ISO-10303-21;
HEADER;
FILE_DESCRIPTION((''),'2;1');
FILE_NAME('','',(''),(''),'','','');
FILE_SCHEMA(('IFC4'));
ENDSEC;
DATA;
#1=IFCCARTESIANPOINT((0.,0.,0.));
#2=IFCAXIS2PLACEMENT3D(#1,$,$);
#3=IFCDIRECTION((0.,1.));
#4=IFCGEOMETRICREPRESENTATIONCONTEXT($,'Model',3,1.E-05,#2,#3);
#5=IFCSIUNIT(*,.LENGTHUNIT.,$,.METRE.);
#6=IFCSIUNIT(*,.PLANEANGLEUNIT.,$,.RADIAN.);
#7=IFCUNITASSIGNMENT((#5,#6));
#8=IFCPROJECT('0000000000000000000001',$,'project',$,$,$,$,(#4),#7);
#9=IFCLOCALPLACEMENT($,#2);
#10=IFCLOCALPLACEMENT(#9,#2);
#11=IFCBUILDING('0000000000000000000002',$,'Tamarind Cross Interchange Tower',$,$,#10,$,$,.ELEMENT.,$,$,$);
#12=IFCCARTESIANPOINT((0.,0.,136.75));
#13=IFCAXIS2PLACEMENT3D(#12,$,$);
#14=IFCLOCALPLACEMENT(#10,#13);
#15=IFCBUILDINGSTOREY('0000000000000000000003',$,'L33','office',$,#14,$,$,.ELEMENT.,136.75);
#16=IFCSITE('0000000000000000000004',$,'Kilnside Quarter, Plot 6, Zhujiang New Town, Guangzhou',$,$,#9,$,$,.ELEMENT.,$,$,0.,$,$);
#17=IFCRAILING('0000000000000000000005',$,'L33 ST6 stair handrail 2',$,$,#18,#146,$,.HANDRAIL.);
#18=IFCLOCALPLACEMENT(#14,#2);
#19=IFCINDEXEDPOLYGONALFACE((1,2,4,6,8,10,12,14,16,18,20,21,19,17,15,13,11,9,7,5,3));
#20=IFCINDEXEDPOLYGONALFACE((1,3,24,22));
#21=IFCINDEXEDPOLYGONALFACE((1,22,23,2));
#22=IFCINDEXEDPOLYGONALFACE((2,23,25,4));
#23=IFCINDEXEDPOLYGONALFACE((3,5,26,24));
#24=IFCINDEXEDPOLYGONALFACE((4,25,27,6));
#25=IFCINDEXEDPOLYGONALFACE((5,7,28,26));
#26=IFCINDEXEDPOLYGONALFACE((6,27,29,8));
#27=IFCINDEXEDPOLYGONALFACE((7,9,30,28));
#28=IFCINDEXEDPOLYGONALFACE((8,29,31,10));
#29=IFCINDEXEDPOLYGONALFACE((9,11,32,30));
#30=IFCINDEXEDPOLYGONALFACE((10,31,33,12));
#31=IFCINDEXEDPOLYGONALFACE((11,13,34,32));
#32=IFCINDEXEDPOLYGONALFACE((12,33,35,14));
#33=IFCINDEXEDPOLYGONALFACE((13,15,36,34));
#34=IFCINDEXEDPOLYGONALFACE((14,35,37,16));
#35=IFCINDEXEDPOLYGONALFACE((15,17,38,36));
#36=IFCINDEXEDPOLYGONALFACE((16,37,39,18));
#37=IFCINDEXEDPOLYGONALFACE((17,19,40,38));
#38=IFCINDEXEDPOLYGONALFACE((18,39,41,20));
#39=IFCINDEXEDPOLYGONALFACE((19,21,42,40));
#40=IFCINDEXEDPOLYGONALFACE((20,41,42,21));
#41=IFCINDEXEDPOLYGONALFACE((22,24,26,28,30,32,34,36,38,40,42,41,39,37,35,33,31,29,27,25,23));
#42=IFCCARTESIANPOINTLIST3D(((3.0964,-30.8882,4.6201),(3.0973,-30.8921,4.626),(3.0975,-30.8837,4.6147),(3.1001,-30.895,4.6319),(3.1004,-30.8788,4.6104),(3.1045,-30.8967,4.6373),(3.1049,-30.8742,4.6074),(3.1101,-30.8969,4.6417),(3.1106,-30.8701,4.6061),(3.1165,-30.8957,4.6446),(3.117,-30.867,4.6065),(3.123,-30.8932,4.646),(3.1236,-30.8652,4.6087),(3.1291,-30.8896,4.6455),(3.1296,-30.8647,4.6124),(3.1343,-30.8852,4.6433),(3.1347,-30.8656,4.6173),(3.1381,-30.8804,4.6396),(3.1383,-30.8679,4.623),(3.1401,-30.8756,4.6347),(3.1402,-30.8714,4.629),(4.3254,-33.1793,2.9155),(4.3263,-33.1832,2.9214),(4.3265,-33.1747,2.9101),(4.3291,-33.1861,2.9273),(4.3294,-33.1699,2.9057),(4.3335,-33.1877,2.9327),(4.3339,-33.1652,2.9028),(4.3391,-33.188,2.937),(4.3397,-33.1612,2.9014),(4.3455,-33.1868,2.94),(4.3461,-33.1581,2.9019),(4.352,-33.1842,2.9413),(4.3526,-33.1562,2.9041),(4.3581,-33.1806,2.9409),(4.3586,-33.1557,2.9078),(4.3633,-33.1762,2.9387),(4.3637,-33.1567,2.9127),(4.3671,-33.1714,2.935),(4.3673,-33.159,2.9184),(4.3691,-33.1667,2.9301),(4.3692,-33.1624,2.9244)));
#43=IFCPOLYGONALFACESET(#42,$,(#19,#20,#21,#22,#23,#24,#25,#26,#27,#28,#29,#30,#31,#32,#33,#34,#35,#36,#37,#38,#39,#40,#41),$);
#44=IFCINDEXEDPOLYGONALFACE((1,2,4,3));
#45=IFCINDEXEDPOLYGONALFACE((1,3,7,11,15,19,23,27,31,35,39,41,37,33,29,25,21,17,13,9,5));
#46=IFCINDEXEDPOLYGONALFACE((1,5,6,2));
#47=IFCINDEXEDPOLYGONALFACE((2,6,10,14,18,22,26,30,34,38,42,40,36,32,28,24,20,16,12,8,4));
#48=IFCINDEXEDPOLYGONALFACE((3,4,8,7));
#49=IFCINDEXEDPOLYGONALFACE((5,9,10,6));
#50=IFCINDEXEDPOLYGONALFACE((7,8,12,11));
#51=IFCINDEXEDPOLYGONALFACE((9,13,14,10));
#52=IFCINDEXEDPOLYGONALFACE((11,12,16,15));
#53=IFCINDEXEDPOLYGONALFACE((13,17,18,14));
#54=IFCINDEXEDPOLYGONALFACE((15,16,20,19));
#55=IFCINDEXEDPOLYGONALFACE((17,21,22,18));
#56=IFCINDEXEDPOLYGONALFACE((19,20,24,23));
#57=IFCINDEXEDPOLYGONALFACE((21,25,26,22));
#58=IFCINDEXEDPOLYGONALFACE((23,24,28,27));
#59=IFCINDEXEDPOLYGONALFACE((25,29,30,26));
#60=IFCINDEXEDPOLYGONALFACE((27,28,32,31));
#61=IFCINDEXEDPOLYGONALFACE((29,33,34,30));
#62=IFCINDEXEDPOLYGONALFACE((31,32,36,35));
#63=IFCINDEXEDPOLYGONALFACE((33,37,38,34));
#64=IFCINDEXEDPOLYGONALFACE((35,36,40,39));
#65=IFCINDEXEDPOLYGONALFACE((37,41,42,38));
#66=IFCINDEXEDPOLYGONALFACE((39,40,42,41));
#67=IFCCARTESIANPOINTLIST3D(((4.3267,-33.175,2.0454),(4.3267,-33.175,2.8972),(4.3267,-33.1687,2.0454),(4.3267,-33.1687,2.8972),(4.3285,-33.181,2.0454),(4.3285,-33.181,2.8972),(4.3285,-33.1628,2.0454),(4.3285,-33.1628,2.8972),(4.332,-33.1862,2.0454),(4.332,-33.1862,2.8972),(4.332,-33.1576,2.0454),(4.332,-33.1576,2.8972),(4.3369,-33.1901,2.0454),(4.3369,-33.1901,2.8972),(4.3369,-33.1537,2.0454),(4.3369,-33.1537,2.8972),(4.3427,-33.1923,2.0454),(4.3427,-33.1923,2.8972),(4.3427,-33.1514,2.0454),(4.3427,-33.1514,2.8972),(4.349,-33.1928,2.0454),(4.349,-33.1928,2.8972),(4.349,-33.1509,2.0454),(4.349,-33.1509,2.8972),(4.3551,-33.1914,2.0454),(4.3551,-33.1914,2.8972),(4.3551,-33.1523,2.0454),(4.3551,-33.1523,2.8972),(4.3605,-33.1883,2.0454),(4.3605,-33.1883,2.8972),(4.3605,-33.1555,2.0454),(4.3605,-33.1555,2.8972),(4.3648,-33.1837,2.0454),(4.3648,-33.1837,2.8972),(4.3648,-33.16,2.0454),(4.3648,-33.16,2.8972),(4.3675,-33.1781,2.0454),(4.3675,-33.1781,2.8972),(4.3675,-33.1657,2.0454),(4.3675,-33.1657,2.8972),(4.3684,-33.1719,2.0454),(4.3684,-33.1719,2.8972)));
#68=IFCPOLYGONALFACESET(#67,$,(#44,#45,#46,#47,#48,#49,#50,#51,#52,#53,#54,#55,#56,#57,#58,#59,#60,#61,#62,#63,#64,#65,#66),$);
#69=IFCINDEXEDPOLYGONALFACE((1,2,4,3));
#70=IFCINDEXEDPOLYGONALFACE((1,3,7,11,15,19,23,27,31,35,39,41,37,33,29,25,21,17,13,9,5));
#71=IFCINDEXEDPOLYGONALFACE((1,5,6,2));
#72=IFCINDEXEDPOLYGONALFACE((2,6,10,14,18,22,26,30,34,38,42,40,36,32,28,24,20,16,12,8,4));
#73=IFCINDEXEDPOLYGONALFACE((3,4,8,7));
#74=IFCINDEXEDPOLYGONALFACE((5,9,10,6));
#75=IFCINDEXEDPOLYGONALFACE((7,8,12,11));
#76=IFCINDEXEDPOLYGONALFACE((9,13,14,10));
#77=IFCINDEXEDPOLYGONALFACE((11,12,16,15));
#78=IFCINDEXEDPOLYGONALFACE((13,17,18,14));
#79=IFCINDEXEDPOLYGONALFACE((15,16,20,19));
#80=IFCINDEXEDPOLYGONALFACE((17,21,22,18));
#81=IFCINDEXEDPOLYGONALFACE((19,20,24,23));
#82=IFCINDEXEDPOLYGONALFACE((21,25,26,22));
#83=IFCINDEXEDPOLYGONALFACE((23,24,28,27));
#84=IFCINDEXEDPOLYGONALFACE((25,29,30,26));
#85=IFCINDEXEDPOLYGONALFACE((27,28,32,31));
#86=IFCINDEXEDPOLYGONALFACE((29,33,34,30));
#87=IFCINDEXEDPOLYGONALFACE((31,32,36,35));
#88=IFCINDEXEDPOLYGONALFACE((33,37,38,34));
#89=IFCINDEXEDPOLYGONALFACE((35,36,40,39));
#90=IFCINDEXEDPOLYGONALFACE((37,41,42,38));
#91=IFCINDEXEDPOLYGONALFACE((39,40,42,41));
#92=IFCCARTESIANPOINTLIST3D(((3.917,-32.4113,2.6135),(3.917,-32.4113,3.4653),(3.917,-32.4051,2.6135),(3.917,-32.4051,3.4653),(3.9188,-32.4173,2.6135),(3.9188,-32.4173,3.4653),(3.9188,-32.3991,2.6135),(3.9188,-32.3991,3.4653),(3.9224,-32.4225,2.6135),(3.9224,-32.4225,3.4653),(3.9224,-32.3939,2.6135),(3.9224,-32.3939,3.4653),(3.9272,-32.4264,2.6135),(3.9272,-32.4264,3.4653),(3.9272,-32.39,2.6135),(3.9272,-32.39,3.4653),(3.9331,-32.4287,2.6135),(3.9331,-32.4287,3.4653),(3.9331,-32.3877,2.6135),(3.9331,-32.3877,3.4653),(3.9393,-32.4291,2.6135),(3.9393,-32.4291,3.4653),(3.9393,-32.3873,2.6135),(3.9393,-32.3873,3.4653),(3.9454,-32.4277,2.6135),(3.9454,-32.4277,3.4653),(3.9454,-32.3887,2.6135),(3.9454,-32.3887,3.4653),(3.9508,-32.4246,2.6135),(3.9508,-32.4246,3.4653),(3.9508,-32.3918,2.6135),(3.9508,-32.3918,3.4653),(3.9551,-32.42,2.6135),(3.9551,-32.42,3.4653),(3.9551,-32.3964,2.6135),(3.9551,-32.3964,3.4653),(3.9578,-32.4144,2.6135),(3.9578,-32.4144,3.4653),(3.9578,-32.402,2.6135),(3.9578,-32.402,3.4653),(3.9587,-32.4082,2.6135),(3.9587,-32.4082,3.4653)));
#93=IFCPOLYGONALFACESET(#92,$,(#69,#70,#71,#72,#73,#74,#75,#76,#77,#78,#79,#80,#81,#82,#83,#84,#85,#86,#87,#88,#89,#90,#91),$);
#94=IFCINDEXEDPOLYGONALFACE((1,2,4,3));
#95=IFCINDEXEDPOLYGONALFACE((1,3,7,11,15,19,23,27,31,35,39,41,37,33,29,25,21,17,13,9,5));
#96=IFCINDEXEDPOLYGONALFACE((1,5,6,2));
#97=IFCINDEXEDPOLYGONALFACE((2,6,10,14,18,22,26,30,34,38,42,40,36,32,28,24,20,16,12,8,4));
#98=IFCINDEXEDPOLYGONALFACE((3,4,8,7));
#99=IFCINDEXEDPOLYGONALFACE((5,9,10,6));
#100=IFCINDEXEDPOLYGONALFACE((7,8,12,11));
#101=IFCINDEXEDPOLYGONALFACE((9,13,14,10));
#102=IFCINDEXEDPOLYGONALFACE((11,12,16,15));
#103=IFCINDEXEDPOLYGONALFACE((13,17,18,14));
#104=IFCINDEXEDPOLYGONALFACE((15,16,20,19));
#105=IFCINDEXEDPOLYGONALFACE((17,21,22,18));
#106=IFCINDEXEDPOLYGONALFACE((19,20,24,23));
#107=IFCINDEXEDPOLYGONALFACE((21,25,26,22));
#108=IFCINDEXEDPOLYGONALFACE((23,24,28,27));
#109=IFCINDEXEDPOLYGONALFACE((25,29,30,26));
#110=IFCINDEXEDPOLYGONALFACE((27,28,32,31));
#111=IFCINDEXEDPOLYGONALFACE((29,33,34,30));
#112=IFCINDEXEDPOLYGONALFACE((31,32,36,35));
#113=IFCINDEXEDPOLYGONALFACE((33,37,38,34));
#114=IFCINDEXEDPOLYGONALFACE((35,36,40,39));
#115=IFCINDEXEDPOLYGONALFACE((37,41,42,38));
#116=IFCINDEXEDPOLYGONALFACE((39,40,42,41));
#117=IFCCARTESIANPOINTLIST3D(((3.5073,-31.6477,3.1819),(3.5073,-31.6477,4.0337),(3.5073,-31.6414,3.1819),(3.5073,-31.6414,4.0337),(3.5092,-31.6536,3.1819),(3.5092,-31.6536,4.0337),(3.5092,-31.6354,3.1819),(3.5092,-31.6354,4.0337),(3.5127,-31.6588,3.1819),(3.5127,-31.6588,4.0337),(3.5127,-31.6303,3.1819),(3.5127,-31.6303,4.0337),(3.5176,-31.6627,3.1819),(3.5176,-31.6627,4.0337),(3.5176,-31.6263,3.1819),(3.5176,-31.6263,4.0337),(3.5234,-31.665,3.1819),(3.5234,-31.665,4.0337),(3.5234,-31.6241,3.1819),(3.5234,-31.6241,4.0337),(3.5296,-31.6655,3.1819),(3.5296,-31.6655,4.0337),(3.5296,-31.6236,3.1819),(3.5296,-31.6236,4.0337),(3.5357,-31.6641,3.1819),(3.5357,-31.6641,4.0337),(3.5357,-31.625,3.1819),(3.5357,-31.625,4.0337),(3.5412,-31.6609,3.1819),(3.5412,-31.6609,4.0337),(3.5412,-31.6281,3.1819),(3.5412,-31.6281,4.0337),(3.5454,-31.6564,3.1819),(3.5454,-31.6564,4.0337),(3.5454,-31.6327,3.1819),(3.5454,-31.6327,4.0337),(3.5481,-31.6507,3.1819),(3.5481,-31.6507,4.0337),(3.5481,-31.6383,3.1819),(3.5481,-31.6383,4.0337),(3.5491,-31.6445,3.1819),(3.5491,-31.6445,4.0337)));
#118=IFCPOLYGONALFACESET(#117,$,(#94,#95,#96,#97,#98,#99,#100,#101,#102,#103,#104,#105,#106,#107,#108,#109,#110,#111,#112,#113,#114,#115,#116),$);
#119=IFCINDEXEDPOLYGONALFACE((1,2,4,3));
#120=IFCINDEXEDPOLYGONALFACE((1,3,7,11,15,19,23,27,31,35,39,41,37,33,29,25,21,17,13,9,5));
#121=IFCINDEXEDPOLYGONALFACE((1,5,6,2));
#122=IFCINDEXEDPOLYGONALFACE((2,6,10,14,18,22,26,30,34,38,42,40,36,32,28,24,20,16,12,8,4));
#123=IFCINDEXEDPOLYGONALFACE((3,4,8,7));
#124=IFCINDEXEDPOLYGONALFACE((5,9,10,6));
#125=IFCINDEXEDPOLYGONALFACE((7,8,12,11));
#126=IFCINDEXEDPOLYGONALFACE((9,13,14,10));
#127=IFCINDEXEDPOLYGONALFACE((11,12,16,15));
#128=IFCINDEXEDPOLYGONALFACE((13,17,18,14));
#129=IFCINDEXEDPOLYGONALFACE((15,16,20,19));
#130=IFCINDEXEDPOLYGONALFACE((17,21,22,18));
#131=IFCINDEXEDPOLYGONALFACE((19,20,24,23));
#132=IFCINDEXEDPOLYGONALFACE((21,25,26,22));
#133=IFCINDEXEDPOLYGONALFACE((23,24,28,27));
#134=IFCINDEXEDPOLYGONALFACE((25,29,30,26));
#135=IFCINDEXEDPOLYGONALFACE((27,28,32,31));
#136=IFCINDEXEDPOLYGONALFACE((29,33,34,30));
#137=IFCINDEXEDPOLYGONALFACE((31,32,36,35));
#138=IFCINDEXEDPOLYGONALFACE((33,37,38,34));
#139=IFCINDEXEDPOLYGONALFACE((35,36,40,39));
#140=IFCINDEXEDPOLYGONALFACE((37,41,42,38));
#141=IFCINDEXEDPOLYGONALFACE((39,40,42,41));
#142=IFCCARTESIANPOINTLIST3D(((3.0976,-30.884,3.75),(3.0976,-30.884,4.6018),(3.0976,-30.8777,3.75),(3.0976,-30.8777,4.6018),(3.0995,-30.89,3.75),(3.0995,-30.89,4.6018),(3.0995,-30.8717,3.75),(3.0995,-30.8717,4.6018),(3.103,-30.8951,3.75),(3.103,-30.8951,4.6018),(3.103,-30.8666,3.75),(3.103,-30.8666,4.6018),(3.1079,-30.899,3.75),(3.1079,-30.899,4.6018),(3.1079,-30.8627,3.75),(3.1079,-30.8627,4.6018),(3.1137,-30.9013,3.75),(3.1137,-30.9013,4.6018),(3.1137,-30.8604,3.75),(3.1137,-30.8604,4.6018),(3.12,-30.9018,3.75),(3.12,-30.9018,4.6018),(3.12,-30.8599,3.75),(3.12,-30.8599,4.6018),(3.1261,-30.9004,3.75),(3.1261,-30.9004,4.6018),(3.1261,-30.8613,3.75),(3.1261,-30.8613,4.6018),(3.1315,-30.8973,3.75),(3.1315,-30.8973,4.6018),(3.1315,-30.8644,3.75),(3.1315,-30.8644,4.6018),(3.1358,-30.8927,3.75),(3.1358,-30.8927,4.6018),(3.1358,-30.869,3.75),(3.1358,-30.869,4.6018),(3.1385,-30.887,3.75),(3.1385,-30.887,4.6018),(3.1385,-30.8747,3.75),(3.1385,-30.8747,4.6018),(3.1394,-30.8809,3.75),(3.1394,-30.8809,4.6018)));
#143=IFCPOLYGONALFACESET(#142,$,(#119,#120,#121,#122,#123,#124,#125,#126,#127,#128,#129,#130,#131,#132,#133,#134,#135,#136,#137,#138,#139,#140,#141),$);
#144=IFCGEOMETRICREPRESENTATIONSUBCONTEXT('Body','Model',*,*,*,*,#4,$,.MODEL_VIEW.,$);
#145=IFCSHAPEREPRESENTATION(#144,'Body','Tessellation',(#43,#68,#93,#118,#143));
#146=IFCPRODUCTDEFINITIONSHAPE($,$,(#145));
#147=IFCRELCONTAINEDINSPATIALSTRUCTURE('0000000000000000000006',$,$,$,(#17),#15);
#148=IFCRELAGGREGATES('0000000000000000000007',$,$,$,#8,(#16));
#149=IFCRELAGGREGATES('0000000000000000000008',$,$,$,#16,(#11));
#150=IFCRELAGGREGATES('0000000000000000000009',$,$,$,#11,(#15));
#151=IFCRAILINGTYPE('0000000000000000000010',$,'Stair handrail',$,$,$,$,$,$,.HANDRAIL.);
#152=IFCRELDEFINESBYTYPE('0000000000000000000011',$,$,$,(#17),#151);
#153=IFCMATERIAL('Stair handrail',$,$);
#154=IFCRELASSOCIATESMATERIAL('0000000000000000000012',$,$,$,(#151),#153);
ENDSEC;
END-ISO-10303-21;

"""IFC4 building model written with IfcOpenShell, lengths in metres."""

from ifc_helpers import new_model, si_unit, direction, frame, origin, origin_2d, place, context, subcontext, project, spatial, circle, extrude, material, type_object, element, save


model = new_model("IFC4")

# Units and contexts
model_context = context("Model", 3, precision=1e-05, world=origin(), true_north=direction((0.0, 1.0)))
body_context = subcontext(model_context, "Body", "Model", "MODEL_VIEW")
ifc_project = project(units=[si_unit("LENGTHUNIT", "METRE"), si_unit("PLANEANGLEUNIT", "RADIAN")], contexts=[model_context])

# Site, building, storey
site_placement = place(None, origin())
site = spatial("IfcSite", under=ifc_project, at=site_placement, Name="Kilnside Quarter, Plot 6, Zhujiang New Town, Guangzhou", CompositionType="ELEMENT", RefElevation=0.0)
building_placement = place(site_placement, origin())
building = spatial("IfcBuilding", under=site, at=building_placement, Name="Tamarind Cross Interchange Tower", CompositionType="ELEMENT")
storey_placement = place(building_placement, frame((0.0, 0.0, 136.75)))
storey = spatial("IfcBuildingStorey", under=building, at=storey_placement, Name="L33", Description="office", CompositionType="ELEMENT", Elevation=136.75)

# Railing
ifc_material_1 = material(Name="Stair handrail")
railing_type_1 = type_object("IfcRailingType", Name="Stair handrail", PredefinedType="HANDRAIL", material=ifc_material_1)
railing_1_placement = place(storey_placement, frame((4.3474, -33.1719, 2.0454)))
element("IfcRailing", 1, at=railing_1_placement, inside=storey, type_object=railing_type_1, Name="L33 ST6 stair handrail 2", PredefinedType="HANDRAIL", context=body_context, shape_type="SweptSolid", body=[
    extrude(circle(Radius=0.0239, at=origin_2d()), frame((0.0, 0.0, 0.876), z_axis=(-0.395327, 0.736938, 0.548306), x_axis=(-0.881212, -0.472722, 0.0)), (0.0, 0.0, 1.0), 3.1089),
    extrude(circle(Radius=0.021, at=origin_2d()), origin(), (0.0, 0.0, 1.0), 0.8518),
    extrude(circle(Radius=0.021, at=origin_2d()), frame((-0.4097, 0.7637, 0.5681)), (0.0, 0.0, 1.0), 0.8518),
    extrude(circle(Radius=0.021, at=origin_2d()), frame((-0.8193, 1.5273, 1.1365)), (0.0, 0.0, 1.0), 0.8518),
    extrude(circle(Radius=0.021, at=origin_2d()), frame((-1.229, 2.291, 1.7046)), (0.0, 0.0, 1.0), 0.8518),
])

save(model, "model.ifc")
